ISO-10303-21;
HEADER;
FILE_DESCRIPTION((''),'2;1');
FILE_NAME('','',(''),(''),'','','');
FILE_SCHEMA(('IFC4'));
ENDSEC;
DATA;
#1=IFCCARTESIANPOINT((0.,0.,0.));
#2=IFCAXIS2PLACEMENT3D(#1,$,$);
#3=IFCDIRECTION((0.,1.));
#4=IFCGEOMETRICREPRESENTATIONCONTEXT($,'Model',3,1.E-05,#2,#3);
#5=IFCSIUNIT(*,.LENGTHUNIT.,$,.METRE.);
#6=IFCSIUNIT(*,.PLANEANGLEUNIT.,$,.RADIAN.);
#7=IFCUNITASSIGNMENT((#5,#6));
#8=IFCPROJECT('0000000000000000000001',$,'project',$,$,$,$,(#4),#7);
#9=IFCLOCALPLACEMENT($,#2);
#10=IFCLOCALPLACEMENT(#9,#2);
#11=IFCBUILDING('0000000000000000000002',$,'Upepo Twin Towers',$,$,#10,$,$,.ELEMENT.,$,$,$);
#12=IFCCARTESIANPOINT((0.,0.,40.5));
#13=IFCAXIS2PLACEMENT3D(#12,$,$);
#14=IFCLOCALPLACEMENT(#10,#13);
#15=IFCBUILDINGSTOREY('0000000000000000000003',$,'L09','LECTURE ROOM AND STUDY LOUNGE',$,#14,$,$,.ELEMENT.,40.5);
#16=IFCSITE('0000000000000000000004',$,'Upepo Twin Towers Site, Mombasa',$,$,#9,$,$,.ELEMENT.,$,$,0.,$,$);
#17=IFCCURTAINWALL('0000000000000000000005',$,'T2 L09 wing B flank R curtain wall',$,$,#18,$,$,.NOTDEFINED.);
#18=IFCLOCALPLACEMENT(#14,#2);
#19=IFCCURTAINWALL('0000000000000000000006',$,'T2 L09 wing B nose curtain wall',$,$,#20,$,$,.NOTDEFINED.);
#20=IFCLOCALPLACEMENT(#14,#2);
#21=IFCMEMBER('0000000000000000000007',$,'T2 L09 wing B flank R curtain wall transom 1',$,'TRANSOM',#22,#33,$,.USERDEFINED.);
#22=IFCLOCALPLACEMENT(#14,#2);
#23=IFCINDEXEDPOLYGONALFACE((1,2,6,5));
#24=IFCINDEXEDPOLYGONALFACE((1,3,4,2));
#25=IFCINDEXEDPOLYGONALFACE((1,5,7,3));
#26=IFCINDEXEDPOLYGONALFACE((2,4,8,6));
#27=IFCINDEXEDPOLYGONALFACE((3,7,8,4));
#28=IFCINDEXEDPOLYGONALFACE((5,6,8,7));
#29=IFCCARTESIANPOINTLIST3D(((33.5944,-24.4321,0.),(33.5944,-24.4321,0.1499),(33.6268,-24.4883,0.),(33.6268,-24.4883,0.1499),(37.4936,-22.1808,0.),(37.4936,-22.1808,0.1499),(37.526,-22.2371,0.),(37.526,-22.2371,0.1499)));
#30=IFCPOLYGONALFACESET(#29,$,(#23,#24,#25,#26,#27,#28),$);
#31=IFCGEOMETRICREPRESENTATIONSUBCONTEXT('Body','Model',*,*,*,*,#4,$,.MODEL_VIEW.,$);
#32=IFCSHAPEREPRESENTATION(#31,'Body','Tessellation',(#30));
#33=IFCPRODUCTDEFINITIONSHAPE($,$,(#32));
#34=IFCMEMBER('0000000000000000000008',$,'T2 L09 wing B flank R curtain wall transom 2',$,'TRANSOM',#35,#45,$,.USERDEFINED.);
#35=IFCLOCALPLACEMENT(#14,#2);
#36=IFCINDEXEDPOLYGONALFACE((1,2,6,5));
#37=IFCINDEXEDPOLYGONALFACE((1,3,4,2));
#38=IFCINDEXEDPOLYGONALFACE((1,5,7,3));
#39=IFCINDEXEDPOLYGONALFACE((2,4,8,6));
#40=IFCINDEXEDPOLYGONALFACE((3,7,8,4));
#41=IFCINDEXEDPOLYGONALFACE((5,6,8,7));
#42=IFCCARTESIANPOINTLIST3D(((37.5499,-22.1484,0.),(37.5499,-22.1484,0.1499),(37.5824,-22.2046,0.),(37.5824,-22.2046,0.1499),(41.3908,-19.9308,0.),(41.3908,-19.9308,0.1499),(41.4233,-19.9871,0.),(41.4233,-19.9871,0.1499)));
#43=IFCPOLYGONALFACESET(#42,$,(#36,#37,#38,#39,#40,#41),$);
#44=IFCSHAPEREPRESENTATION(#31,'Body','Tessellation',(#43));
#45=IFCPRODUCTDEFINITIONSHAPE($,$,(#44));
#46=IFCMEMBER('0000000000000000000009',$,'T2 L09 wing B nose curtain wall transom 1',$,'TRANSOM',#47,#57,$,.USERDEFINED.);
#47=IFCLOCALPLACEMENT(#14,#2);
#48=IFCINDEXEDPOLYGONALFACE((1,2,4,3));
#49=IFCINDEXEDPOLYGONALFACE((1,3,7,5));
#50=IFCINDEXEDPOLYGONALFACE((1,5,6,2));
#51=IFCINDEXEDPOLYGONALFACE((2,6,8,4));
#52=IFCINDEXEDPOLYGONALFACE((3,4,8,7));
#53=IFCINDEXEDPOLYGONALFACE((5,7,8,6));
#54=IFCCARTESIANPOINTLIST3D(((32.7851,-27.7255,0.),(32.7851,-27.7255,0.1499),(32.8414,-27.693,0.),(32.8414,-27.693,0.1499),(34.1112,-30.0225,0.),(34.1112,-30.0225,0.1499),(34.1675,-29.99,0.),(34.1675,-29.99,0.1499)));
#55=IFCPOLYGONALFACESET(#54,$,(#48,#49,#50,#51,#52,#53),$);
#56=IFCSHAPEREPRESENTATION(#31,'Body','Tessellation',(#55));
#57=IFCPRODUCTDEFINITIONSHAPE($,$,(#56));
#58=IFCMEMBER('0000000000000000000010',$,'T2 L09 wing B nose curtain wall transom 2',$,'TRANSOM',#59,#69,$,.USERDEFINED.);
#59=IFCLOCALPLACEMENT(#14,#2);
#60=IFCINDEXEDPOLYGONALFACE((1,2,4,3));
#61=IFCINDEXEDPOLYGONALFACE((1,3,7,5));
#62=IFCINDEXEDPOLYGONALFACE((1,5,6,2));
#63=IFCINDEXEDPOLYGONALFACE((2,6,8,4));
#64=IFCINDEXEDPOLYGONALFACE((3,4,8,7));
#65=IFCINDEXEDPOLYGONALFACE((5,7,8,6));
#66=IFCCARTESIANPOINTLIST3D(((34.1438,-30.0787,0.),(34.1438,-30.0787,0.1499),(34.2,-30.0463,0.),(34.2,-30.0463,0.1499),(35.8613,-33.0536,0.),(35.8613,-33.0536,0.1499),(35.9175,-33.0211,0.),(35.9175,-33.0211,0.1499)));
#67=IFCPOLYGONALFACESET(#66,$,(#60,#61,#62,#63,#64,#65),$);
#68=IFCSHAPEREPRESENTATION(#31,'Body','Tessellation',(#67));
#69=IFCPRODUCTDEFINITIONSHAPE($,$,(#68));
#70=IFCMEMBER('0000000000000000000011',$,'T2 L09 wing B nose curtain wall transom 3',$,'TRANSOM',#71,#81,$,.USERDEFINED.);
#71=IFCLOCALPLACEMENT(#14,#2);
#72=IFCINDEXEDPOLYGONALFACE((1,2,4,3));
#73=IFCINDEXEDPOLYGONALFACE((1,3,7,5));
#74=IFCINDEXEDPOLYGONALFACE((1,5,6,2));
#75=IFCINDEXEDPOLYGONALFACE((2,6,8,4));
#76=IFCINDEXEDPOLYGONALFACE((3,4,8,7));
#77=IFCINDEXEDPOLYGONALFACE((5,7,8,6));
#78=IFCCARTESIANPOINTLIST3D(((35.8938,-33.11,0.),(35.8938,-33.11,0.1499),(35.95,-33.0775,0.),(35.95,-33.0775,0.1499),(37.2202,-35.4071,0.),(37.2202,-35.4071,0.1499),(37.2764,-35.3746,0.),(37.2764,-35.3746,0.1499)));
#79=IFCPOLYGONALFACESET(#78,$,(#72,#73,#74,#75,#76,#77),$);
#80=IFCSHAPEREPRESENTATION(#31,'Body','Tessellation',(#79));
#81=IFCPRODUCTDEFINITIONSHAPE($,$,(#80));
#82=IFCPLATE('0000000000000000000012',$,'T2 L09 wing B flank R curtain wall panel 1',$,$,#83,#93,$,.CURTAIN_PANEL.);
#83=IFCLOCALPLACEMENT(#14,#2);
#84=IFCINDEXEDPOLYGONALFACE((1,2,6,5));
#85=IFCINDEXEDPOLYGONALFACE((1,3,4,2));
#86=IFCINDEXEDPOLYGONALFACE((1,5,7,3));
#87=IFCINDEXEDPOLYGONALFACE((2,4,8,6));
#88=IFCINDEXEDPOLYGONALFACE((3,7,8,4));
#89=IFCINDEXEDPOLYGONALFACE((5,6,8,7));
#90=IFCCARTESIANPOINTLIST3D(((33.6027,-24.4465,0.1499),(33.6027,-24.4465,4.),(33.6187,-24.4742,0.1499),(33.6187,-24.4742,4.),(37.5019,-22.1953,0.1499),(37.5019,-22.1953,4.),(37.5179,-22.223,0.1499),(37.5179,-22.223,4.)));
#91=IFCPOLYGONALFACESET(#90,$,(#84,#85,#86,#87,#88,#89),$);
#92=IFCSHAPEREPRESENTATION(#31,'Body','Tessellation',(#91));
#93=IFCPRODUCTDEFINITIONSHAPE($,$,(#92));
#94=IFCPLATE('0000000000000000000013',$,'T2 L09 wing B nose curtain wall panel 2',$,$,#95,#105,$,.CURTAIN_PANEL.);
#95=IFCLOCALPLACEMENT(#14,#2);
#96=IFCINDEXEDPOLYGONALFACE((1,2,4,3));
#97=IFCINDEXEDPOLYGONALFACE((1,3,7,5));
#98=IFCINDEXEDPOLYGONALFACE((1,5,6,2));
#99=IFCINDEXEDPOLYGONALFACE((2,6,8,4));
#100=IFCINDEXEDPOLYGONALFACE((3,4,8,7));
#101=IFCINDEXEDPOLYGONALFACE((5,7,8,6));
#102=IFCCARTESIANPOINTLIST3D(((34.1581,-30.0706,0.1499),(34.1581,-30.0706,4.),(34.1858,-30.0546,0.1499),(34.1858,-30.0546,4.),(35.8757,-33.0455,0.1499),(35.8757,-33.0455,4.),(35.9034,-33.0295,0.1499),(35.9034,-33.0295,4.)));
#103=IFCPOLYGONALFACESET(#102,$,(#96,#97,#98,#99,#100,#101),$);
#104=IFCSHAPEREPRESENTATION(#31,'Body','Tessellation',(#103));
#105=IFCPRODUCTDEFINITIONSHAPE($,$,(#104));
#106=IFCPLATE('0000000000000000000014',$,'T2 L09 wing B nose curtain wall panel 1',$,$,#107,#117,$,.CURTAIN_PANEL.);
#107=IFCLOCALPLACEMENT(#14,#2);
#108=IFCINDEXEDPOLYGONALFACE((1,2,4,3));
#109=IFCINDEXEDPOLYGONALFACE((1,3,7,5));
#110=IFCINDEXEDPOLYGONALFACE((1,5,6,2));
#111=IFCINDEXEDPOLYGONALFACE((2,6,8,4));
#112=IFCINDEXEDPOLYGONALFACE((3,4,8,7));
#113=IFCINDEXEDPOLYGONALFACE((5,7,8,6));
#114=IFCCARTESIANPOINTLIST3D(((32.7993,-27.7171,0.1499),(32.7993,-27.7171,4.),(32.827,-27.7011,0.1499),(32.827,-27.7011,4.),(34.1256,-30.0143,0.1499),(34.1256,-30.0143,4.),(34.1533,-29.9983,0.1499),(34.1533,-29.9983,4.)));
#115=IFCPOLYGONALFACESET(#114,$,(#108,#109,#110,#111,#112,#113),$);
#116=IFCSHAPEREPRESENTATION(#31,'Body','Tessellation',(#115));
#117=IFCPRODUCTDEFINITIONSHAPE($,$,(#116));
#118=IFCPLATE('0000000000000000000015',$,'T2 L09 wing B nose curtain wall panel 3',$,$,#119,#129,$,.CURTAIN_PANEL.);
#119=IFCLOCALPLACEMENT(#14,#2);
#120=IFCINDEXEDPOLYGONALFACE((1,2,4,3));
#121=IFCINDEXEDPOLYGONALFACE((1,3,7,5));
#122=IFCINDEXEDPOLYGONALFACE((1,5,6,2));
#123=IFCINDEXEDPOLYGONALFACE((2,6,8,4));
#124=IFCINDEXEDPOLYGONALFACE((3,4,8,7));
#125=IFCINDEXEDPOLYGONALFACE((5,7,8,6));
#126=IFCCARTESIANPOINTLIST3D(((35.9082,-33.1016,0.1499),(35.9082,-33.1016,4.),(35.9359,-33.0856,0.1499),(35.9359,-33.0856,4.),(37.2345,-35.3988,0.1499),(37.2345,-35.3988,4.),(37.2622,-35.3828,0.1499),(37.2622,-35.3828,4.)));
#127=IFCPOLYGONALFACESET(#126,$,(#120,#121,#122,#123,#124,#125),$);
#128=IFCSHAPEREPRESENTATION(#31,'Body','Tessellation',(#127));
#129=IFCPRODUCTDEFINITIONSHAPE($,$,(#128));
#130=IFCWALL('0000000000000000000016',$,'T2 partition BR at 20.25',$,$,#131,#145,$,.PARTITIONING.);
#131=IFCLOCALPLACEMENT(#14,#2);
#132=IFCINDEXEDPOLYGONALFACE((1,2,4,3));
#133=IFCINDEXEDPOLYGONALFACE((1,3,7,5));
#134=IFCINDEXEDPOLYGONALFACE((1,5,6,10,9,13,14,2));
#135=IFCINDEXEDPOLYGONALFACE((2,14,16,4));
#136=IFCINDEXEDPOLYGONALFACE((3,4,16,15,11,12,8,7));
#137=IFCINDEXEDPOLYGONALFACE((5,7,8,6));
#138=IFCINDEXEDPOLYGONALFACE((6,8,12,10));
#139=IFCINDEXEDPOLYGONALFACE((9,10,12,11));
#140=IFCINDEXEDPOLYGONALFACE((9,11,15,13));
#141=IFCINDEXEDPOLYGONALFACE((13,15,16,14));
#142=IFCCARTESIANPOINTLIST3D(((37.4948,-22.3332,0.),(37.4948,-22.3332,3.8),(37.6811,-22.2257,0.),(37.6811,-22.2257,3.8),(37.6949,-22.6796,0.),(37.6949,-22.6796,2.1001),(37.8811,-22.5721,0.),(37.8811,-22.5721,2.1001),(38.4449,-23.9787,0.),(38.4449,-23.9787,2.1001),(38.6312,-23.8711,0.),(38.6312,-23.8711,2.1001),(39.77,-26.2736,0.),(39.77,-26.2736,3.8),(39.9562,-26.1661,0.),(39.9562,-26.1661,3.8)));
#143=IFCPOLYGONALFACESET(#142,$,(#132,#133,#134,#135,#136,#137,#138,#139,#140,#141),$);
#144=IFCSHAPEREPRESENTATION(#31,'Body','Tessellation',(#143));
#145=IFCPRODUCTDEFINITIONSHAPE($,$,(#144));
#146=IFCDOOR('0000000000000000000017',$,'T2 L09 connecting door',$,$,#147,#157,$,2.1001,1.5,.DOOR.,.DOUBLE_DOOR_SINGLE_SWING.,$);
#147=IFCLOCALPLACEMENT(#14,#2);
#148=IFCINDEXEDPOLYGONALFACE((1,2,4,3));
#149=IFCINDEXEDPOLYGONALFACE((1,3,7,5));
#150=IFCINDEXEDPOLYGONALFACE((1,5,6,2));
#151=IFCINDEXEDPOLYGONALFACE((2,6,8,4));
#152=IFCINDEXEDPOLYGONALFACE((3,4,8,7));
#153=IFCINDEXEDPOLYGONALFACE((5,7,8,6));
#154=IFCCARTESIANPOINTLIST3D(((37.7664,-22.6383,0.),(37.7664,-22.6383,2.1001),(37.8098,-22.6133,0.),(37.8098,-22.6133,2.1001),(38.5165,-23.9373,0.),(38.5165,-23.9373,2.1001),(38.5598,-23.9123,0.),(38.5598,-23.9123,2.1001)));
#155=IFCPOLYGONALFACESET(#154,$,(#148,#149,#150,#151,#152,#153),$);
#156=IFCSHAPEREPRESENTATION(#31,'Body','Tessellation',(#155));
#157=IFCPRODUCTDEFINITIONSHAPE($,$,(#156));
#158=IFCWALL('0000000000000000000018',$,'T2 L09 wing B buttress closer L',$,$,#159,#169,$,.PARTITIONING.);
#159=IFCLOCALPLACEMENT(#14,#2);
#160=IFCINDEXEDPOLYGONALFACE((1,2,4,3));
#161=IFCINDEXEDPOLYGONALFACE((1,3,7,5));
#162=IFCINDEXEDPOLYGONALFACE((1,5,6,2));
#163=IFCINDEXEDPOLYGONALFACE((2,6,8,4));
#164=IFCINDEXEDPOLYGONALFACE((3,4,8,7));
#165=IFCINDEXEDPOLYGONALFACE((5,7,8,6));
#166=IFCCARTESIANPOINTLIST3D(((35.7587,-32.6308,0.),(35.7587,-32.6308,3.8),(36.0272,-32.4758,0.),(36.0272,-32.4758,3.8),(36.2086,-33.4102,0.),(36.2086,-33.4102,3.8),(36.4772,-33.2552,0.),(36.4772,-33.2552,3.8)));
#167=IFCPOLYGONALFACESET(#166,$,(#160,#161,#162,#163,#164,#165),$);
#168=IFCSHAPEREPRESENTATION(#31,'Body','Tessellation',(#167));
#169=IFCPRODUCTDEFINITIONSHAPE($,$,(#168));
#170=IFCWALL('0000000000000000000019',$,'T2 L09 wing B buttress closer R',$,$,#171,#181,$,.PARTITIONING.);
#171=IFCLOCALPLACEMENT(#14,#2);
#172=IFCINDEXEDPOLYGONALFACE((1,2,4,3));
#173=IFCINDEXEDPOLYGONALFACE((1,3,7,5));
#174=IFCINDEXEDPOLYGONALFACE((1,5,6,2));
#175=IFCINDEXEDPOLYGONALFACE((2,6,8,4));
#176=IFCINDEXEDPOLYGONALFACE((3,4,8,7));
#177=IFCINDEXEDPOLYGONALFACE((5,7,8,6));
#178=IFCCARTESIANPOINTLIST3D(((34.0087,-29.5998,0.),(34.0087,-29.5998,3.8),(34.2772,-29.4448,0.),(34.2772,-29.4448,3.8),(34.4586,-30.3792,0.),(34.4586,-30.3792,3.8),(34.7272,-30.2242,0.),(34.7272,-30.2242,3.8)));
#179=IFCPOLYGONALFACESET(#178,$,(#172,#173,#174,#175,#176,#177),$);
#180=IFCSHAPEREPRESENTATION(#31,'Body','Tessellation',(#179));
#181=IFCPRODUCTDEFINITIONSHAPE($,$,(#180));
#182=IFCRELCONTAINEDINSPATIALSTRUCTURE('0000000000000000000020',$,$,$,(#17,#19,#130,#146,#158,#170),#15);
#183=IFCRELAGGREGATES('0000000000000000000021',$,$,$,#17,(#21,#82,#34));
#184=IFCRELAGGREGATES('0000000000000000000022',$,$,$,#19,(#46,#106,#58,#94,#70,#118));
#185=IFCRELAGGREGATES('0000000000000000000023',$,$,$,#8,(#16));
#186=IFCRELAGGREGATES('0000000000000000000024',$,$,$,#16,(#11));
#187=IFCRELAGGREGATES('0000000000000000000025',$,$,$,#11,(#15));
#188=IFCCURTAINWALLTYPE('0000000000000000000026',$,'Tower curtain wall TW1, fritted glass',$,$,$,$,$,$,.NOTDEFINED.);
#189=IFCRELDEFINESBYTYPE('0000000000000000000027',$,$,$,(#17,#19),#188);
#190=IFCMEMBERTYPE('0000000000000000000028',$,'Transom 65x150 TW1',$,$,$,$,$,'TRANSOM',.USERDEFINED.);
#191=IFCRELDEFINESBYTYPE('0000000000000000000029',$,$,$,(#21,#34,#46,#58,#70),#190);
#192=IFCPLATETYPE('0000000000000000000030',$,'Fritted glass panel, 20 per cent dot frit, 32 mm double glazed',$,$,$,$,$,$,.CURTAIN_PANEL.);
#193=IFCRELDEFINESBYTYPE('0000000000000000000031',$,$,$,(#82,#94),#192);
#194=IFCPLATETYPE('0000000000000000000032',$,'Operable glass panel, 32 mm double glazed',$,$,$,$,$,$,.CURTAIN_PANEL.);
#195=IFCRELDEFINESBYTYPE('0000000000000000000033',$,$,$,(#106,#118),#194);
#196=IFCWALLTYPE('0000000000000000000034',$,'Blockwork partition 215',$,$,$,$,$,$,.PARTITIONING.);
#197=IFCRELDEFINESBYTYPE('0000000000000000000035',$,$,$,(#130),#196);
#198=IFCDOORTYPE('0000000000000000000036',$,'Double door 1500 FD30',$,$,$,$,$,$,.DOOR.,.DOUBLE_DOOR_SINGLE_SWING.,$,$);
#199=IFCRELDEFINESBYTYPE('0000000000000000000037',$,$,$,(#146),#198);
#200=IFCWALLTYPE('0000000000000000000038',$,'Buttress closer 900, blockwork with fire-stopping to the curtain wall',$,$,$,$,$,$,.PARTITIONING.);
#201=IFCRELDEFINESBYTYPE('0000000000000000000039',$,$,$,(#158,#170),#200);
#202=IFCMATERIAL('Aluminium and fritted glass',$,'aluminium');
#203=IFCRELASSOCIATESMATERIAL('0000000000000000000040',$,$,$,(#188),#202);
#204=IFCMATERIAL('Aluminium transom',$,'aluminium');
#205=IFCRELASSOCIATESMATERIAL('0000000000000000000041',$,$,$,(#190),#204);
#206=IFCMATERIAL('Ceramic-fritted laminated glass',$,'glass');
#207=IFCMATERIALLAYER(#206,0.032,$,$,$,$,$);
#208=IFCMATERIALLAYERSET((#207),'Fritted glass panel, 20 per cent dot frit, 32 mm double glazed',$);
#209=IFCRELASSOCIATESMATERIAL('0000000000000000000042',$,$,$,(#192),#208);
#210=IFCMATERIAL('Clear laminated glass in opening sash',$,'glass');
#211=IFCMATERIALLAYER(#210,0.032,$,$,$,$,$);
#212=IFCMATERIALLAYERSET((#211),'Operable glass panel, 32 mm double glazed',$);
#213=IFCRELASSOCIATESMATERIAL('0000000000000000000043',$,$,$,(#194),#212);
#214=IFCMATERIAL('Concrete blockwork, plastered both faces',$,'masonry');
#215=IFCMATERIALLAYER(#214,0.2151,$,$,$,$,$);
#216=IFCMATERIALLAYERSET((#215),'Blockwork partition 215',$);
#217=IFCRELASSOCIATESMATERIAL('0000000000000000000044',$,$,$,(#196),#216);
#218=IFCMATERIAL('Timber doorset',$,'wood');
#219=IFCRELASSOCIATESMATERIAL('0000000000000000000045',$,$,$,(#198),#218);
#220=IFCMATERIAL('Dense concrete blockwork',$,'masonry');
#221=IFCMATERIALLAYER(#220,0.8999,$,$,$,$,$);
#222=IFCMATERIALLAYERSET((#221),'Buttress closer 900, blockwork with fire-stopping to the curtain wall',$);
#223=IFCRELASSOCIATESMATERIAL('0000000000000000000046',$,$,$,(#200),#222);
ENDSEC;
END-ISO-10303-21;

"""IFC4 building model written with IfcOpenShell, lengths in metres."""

from ifc_helpers import new_model, si_unit, direction, frame, frame_2d, origin, origin_2d, place, context, subcontext, project, spatial, rectangle, extrude, material, layer, layer_set, material_profile, profile_set, type_object, element, fill, aggregate, save


model = new_model("IFC4")

# Units and contexts
model_context = context("Model", 3, precision=1e-05, world=origin(), true_north=direction((0.0, 1.0)))
body_context = subcontext(model_context, "Body", "Model", "MODEL_VIEW")
ifc_project = project(units=[si_unit("LENGTHUNIT", "METRE"), si_unit("PLANEANGLEUNIT", "RADIAN")], contexts=[model_context])

# Site, building, storey
site_placement = place(None, origin())
site = spatial("IfcSite", under=ifc_project, at=site_placement, Name="Upepo Twin Towers Site, Mombasa", CompositionType="ELEMENT", RefElevation=0.0)
building_placement = place(site_placement, origin())
building = spatial("IfcBuilding", under=site, at=building_placement, Name="Upepo Twin Towers", CompositionType="ELEMENT")
storey_placement = place(building_placement, frame((0.0, 0.0, 40.5)))
storey = spatial("IfcBuildingStorey", under=building, at=storey_placement, Name="L09", Description="LECTURE ROOM AND STUDY LOUNGE", CompositionType="ELEMENT", Elevation=40.5)

# Shared definitions
ifc_material_1 = material(Name="Aluminium and fritted glass", Category="aluminium")
curtain_wall_type = type_object("IfcCurtainWallType", Name="Tower curtain wall TW1, fritted glass", PredefinedType="NOTDEFINED", material=ifc_material_1)

# Curtain walls
curtain_wall_1_placement = place(storey_placement, origin())
curtain_wall_1 = element("IfcCurtainWall", 1, at=curtain_wall_1_placement, inside=storey, type_object=curtain_wall_type, Name="T2 L09 wing B flank R curtain wall", PredefinedType="NOTDEFINED")
curtain_wall_2_placement = place(storey_placement, origin())
curtain_wall_2 = element("IfcCurtainWall", 2, at=curtain_wall_2_placement, inside=storey, type_object=curtain_wall_type, Name="T2 L09 wing B nose curtain wall", PredefinedType="NOTDEFINED")

# Members
ifc_material_2 = material(Name="Aluminium transom", Category="aluminium")
ifc_material_profile_1 = material_profile(ifc_material_2, rectangle(XDim=0.0649, YDim=0.1499, at=origin_2d()), Name="TRANSOM 65x150")
ifc_profile_set_1 = profile_set([ifc_material_profile_1], Name="Aluminium transom")
member_type_1 = type_object("IfcMemberType", Name="Transom 65x150 TW1", ElementType="TRANSOM", PredefinedType="USERDEFINED", material=ifc_profile_set_1)
member_1_placement = place(storey_placement, frame((33.6106, -24.4602, 0.075), z_axis=(0.866022, 0.500006, 0.0), x_axis=(-0.500006, 0.866022, 0.0)))
member_1 = element("IfcMember", 3, at=member_1_placement, type_object=member_type_1, Name="T2 L09 wing B flank R curtain wall transom 1", ObjectType="TRANSOM", PredefinedType="USERDEFINED", context=body_context, shape_type="SweptSolid", body=[
    extrude(rectangle(XDim=0.0649, YDim=0.1499, at=origin_2d()), origin(), (0.0, 0.0, 1.0), 4.5024),
])
member_2_placement = place(storey_placement, frame((37.5662, -22.1765, 0.075), z_axis=(0.866022, 0.500005, 0.0), x_axis=(-0.500005, 0.866022, 0.0)))
member_2 = element("IfcMember", 4, at=member_2_placement, type_object=member_type_1, Name="T2 L09 wing B flank R curtain wall transom 2", ObjectType="TRANSOM", PredefinedType="USERDEFINED", context=body_context, shape_type="SweptSolid", body=[
    extrude(rectangle(XDim=0.0649, YDim=0.1499, at=origin_2d()), origin(), (0.0, 0.0, 1.0), 4.4351),
])
member_3_placement = place(storey_placement, frame((32.8132, -27.7092, 0.075), z_axis=(0.49998, -0.866037, 0.0), x_axis=(0.866037, 0.49998, 0.0)))
member_3 = element("IfcMember", 5, at=member_3_placement, type_object=member_type_1, Name="T2 L09 wing B nose curtain wall transom 1", ObjectType="TRANSOM", PredefinedType="USERDEFINED", context=body_context, shape_type="SweptSolid", body=[
    extrude(rectangle(XDim=0.0649, YDim=0.1499, at=origin_2d()), origin(), (0.0, 0.0, 1.0), 2.6523),
])
member_4_placement = place(storey_placement, frame((34.1719, -30.0625, 0.075), z_axis=(0.499999, -0.866026, 0.0), x_axis=(0.866026, 0.499999, 0.0)))
member_4 = element("IfcMember", 6, at=member_4_placement, type_object=member_type_1, Name="T2 L09 wing B nose curtain wall transom 2", ObjectType="TRANSOM", PredefinedType="USERDEFINED", context=body_context, shape_type="SweptSolid", body=[
    extrude(rectangle(XDim=0.0649, YDim=0.1499, at=origin_2d()), origin(), (0.0, 0.0, 1.0), 3.4351),
])
member_5_placement = place(storey_placement, frame((35.9219, -33.0938, 0.075), z_axis=(0.500049, -0.865997, 0.0), x_axis=(0.865997, 0.500049, 0.0)))
member_5 = element("IfcMember", 7, at=member_5_placement, type_object=member_type_1, Name="T2 L09 wing B nose curtain wall transom 3", ObjectType="TRANSOM", PredefinedType="USERDEFINED", context=body_context, shape_type="SweptSolid", body=[
    extrude(rectangle(XDim=0.0649, YDim=0.1499, at=origin_2d()), origin(), (0.0, 0.0, 1.0), 2.6526),
])

# Plates
ifc_material_3 = material(Name="Ceramic-fritted laminated glass", Category="glass")
ifc_layer_1 = layer(ifc_material_3, 0.032)
ifc_layer_set_1 = layer_set([ifc_layer_1], Name="Fritted glass panel, 20 per cent dot frit, 32 mm double glazed")
plate_type_1 = type_object("IfcPlateType", Name="Fritted glass panel, 20 per cent dot frit, 32 mm double glazed", PredefinedType="CURTAIN_PANEL", material=ifc_layer_set_1)
plate_1_placement = place(storey_placement, frame((35.5603, -23.3347, 0.1499), z_axis=(0.0, 0.0, 1.0), x_axis=(0.866025, 0.5, 0.0)))
plate_1 = element("IfcPlate", 8, at=plate_1_placement, type_object=plate_type_1, Name="T2 L09 wing B flank R curtain wall panel 1", PredefinedType="CURTAIN_PANEL", context=body_context, shape_type="SweptSolid", body=[
    extrude(rectangle(XDim=4.5024, YDim=0.032, at=origin_2d()), origin(), (0.0, 0.0, 1.0), 3.8501),
])
aggregate(curtain_wall_1, [member_1, plate_1, member_2])
plate_2_placement = place(storey_placement, frame((35.0308, -31.55, 0.1499), z_axis=(0.0, 0.0, 1.0), x_axis=(0.5, -0.866025, 0.0)))
plate_2 = element("IfcPlate", 9, at=plate_2_placement, type_object=plate_type_1, Name="T2 L09 wing B nose curtain wall panel 2", PredefinedType="CURTAIN_PANEL", context=body_context, shape_type="SweptSolid", body=[
    extrude(rectangle(XDim=3.4351, YDim=0.032, at=origin_2d()), origin(), (0.0, 0.0, 1.0), 3.8501),
])
ifc_material_4 = material(Name="Clear laminated glass in opening sash", Category="glass")
ifc_layer_2 = layer(ifc_material_4, 0.032)
ifc_layer_set_2 = layer_set([ifc_layer_2], Name="Operable glass panel, 32 mm double glazed")
plate_type_2 = type_object("IfcPlateType", Name="Operable glass panel, 32 mm double glazed", PredefinedType="CURTAIN_PANEL", material=ifc_layer_set_2)
plate_3_placement = place(storey_placement, frame((33.4763, -28.8577, 0.1499), z_axis=(0.0, 0.0, 1.0), x_axis=(0.5, -0.866025, 0.0)))
plate_3 = element("IfcPlate", 10, at=plate_3_placement, type_object=plate_type_2, Name="T2 L09 wing B nose curtain wall panel 1", PredefinedType="CURTAIN_PANEL", context=body_context, shape_type="SweptSolid", body=[
    extrude(rectangle(XDim=2.6526, YDim=0.032, at=origin_2d()), origin(), (0.0, 0.0, 1.0), 3.8501),
])
plate_4_placement = place(storey_placement, frame((36.5852, -34.2422, 0.1499), z_axis=(0.0, 0.0, 1.0), x_axis=(0.5, -0.866025, 0.0)))
plate_4 = element("IfcPlate", 11, at=plate_4_placement, type_object=plate_type_2, Name="T2 L09 wing B nose curtain wall panel 3", PredefinedType="CURTAIN_PANEL", context=body_context, shape_type="SweptSolid", body=[
    extrude(rectangle(XDim=2.6526, YDim=0.032, at=origin_2d()), origin(), (0.0, 0.0, 1.0), 3.8501),
])
aggregate(curtain_wall_2, [member_3, plate_3, member_4, plate_2, member_5, plate_4])

# Wall, opening, door
ifc_material_5 = material(Name="Concrete blockwork, plastered both faces", Category="masonry")
ifc_layer_3 = layer(ifc_material_5, 0.2151)
ifc_layer_set_3 = layer_set([ifc_layer_3], Name="Blockwork partition 215")
wall_type_1 = type_object("IfcWallType", Name="Blockwork partition 215", PredefinedType="PARTITIONING", material=ifc_layer_set_3)
wall_placement = place(storey_placement, frame((39.863, -26.2197, 0.0), z_axis=(0.0, 0.0, 1.0), x_axis=(-0.500023, 0.866012, 0.0)))
wall = element("IfcWall", 12, at=wall_placement, inside=storey, type_object=wall_type_1, Name="T2 partition BR at 20.25", PredefinedType="PARTITIONING", context=body_context, shape_type="SweptSolid", body=[
    extrude(rectangle(XDim=4.55, YDim=0.2151, at=frame_2d((2.2749, 0.0))), origin(), (0.0, 0.0, 1.0), 3.8),
])
opening_placement = place(wall_placement, frame((2.6499, 0.0, 0.0)))
opening = element("IfcOpeningElement", 13, at=opening_placement, cuts=wall, PredefinedType="OPENING", context=body_context, shape_type="SweptSolid", body=[
    extrude(rectangle(XDim=1.5, YDim=2.1001, at=frame_2d((0.75, 1.05))), frame((0.0, 0.1174, 0.0), z_axis=(0.0, -1.0, 0.0), x_axis=(1.0, 0.0, 0.0)), (0.0, 0.0, 1.0), 0.2351),
])
ifc_material_6 = material(Name="Timber doorset", Category="wood")
door_type = type_object("IfcDoorType", Name="Double door 1500 FD30", OperationType="DOUBLE_DOOR_SINGLE_SWING", PredefinedType="DOOR", material=ifc_material_6)
door_placement = place(opening_placement, origin())
door = element("IfcDoor", 14, at=door_placement, inside=storey, type_object=door_type, Name="T2 L09 connecting door", OperationType="DOUBLE_DOOR_SINGLE_SWING", OverallHeight=2.1001, OverallWidth=1.5, PredefinedType="DOOR", context=body_context, shape_type="SweptSolid", body=[
    extrude(rectangle(XDim=1.5, YDim=2.1001, at=frame_2d((0.75, 1.05))), frame((0.0, 0.0249, 0.0), z_axis=(0.0, -1.0, 0.0), x_axis=(1.0, 0.0, 0.0)), (0.0, 0.0, 1.0), 0.05),
])
fill(opening, door)

# Walls
ifc_material_7 = material(Name="Dense concrete blockwork", Category="masonry")
ifc_layer_4 = layer(ifc_material_7, 0.8999)
ifc_layer_set_4 = layer_set([ifc_layer_4], Name="Buttress closer 900, blockwork with fire-stopping to the curtain wall")
wall_type_2 = type_object("IfcWallType", Name="Buttress closer 900, blockwork with fire-stopping to the curtain wall", PredefinedType="PARTITIONING", material=ifc_layer_set_4)
for number, where, z_axis, x_axis, name in (
    (15, (36.2522, -32.8655, 0.0), (0.0, 0.0, 1.0), (-0.866054, -0.49995, 0.0), "T2 L09 wing B buttress closer L"),
    (16, (34.5022, -29.8345, 0.0), (0.0, 0.0, 1.0), (-0.866054, -0.49995, 0.0), "T2 L09 wing B buttress closer R"),
):
    element("IfcWall", number, at=place(storey_placement, frame(where, z_axis=z_axis, x_axis=x_axis)), inside=storey, type_object=wall_type_2, Name=name, PredefinedType="PARTITIONING", context=body_context, shape_type="SweptSolid", body=[
        extrude(rectangle(XDim=0.3101, YDim=0.8999, at=frame_2d((0.155, 0.0))), origin(), (0.0, 0.0, 1.0), 3.8),
    ])

save(model, "model.ifc")
